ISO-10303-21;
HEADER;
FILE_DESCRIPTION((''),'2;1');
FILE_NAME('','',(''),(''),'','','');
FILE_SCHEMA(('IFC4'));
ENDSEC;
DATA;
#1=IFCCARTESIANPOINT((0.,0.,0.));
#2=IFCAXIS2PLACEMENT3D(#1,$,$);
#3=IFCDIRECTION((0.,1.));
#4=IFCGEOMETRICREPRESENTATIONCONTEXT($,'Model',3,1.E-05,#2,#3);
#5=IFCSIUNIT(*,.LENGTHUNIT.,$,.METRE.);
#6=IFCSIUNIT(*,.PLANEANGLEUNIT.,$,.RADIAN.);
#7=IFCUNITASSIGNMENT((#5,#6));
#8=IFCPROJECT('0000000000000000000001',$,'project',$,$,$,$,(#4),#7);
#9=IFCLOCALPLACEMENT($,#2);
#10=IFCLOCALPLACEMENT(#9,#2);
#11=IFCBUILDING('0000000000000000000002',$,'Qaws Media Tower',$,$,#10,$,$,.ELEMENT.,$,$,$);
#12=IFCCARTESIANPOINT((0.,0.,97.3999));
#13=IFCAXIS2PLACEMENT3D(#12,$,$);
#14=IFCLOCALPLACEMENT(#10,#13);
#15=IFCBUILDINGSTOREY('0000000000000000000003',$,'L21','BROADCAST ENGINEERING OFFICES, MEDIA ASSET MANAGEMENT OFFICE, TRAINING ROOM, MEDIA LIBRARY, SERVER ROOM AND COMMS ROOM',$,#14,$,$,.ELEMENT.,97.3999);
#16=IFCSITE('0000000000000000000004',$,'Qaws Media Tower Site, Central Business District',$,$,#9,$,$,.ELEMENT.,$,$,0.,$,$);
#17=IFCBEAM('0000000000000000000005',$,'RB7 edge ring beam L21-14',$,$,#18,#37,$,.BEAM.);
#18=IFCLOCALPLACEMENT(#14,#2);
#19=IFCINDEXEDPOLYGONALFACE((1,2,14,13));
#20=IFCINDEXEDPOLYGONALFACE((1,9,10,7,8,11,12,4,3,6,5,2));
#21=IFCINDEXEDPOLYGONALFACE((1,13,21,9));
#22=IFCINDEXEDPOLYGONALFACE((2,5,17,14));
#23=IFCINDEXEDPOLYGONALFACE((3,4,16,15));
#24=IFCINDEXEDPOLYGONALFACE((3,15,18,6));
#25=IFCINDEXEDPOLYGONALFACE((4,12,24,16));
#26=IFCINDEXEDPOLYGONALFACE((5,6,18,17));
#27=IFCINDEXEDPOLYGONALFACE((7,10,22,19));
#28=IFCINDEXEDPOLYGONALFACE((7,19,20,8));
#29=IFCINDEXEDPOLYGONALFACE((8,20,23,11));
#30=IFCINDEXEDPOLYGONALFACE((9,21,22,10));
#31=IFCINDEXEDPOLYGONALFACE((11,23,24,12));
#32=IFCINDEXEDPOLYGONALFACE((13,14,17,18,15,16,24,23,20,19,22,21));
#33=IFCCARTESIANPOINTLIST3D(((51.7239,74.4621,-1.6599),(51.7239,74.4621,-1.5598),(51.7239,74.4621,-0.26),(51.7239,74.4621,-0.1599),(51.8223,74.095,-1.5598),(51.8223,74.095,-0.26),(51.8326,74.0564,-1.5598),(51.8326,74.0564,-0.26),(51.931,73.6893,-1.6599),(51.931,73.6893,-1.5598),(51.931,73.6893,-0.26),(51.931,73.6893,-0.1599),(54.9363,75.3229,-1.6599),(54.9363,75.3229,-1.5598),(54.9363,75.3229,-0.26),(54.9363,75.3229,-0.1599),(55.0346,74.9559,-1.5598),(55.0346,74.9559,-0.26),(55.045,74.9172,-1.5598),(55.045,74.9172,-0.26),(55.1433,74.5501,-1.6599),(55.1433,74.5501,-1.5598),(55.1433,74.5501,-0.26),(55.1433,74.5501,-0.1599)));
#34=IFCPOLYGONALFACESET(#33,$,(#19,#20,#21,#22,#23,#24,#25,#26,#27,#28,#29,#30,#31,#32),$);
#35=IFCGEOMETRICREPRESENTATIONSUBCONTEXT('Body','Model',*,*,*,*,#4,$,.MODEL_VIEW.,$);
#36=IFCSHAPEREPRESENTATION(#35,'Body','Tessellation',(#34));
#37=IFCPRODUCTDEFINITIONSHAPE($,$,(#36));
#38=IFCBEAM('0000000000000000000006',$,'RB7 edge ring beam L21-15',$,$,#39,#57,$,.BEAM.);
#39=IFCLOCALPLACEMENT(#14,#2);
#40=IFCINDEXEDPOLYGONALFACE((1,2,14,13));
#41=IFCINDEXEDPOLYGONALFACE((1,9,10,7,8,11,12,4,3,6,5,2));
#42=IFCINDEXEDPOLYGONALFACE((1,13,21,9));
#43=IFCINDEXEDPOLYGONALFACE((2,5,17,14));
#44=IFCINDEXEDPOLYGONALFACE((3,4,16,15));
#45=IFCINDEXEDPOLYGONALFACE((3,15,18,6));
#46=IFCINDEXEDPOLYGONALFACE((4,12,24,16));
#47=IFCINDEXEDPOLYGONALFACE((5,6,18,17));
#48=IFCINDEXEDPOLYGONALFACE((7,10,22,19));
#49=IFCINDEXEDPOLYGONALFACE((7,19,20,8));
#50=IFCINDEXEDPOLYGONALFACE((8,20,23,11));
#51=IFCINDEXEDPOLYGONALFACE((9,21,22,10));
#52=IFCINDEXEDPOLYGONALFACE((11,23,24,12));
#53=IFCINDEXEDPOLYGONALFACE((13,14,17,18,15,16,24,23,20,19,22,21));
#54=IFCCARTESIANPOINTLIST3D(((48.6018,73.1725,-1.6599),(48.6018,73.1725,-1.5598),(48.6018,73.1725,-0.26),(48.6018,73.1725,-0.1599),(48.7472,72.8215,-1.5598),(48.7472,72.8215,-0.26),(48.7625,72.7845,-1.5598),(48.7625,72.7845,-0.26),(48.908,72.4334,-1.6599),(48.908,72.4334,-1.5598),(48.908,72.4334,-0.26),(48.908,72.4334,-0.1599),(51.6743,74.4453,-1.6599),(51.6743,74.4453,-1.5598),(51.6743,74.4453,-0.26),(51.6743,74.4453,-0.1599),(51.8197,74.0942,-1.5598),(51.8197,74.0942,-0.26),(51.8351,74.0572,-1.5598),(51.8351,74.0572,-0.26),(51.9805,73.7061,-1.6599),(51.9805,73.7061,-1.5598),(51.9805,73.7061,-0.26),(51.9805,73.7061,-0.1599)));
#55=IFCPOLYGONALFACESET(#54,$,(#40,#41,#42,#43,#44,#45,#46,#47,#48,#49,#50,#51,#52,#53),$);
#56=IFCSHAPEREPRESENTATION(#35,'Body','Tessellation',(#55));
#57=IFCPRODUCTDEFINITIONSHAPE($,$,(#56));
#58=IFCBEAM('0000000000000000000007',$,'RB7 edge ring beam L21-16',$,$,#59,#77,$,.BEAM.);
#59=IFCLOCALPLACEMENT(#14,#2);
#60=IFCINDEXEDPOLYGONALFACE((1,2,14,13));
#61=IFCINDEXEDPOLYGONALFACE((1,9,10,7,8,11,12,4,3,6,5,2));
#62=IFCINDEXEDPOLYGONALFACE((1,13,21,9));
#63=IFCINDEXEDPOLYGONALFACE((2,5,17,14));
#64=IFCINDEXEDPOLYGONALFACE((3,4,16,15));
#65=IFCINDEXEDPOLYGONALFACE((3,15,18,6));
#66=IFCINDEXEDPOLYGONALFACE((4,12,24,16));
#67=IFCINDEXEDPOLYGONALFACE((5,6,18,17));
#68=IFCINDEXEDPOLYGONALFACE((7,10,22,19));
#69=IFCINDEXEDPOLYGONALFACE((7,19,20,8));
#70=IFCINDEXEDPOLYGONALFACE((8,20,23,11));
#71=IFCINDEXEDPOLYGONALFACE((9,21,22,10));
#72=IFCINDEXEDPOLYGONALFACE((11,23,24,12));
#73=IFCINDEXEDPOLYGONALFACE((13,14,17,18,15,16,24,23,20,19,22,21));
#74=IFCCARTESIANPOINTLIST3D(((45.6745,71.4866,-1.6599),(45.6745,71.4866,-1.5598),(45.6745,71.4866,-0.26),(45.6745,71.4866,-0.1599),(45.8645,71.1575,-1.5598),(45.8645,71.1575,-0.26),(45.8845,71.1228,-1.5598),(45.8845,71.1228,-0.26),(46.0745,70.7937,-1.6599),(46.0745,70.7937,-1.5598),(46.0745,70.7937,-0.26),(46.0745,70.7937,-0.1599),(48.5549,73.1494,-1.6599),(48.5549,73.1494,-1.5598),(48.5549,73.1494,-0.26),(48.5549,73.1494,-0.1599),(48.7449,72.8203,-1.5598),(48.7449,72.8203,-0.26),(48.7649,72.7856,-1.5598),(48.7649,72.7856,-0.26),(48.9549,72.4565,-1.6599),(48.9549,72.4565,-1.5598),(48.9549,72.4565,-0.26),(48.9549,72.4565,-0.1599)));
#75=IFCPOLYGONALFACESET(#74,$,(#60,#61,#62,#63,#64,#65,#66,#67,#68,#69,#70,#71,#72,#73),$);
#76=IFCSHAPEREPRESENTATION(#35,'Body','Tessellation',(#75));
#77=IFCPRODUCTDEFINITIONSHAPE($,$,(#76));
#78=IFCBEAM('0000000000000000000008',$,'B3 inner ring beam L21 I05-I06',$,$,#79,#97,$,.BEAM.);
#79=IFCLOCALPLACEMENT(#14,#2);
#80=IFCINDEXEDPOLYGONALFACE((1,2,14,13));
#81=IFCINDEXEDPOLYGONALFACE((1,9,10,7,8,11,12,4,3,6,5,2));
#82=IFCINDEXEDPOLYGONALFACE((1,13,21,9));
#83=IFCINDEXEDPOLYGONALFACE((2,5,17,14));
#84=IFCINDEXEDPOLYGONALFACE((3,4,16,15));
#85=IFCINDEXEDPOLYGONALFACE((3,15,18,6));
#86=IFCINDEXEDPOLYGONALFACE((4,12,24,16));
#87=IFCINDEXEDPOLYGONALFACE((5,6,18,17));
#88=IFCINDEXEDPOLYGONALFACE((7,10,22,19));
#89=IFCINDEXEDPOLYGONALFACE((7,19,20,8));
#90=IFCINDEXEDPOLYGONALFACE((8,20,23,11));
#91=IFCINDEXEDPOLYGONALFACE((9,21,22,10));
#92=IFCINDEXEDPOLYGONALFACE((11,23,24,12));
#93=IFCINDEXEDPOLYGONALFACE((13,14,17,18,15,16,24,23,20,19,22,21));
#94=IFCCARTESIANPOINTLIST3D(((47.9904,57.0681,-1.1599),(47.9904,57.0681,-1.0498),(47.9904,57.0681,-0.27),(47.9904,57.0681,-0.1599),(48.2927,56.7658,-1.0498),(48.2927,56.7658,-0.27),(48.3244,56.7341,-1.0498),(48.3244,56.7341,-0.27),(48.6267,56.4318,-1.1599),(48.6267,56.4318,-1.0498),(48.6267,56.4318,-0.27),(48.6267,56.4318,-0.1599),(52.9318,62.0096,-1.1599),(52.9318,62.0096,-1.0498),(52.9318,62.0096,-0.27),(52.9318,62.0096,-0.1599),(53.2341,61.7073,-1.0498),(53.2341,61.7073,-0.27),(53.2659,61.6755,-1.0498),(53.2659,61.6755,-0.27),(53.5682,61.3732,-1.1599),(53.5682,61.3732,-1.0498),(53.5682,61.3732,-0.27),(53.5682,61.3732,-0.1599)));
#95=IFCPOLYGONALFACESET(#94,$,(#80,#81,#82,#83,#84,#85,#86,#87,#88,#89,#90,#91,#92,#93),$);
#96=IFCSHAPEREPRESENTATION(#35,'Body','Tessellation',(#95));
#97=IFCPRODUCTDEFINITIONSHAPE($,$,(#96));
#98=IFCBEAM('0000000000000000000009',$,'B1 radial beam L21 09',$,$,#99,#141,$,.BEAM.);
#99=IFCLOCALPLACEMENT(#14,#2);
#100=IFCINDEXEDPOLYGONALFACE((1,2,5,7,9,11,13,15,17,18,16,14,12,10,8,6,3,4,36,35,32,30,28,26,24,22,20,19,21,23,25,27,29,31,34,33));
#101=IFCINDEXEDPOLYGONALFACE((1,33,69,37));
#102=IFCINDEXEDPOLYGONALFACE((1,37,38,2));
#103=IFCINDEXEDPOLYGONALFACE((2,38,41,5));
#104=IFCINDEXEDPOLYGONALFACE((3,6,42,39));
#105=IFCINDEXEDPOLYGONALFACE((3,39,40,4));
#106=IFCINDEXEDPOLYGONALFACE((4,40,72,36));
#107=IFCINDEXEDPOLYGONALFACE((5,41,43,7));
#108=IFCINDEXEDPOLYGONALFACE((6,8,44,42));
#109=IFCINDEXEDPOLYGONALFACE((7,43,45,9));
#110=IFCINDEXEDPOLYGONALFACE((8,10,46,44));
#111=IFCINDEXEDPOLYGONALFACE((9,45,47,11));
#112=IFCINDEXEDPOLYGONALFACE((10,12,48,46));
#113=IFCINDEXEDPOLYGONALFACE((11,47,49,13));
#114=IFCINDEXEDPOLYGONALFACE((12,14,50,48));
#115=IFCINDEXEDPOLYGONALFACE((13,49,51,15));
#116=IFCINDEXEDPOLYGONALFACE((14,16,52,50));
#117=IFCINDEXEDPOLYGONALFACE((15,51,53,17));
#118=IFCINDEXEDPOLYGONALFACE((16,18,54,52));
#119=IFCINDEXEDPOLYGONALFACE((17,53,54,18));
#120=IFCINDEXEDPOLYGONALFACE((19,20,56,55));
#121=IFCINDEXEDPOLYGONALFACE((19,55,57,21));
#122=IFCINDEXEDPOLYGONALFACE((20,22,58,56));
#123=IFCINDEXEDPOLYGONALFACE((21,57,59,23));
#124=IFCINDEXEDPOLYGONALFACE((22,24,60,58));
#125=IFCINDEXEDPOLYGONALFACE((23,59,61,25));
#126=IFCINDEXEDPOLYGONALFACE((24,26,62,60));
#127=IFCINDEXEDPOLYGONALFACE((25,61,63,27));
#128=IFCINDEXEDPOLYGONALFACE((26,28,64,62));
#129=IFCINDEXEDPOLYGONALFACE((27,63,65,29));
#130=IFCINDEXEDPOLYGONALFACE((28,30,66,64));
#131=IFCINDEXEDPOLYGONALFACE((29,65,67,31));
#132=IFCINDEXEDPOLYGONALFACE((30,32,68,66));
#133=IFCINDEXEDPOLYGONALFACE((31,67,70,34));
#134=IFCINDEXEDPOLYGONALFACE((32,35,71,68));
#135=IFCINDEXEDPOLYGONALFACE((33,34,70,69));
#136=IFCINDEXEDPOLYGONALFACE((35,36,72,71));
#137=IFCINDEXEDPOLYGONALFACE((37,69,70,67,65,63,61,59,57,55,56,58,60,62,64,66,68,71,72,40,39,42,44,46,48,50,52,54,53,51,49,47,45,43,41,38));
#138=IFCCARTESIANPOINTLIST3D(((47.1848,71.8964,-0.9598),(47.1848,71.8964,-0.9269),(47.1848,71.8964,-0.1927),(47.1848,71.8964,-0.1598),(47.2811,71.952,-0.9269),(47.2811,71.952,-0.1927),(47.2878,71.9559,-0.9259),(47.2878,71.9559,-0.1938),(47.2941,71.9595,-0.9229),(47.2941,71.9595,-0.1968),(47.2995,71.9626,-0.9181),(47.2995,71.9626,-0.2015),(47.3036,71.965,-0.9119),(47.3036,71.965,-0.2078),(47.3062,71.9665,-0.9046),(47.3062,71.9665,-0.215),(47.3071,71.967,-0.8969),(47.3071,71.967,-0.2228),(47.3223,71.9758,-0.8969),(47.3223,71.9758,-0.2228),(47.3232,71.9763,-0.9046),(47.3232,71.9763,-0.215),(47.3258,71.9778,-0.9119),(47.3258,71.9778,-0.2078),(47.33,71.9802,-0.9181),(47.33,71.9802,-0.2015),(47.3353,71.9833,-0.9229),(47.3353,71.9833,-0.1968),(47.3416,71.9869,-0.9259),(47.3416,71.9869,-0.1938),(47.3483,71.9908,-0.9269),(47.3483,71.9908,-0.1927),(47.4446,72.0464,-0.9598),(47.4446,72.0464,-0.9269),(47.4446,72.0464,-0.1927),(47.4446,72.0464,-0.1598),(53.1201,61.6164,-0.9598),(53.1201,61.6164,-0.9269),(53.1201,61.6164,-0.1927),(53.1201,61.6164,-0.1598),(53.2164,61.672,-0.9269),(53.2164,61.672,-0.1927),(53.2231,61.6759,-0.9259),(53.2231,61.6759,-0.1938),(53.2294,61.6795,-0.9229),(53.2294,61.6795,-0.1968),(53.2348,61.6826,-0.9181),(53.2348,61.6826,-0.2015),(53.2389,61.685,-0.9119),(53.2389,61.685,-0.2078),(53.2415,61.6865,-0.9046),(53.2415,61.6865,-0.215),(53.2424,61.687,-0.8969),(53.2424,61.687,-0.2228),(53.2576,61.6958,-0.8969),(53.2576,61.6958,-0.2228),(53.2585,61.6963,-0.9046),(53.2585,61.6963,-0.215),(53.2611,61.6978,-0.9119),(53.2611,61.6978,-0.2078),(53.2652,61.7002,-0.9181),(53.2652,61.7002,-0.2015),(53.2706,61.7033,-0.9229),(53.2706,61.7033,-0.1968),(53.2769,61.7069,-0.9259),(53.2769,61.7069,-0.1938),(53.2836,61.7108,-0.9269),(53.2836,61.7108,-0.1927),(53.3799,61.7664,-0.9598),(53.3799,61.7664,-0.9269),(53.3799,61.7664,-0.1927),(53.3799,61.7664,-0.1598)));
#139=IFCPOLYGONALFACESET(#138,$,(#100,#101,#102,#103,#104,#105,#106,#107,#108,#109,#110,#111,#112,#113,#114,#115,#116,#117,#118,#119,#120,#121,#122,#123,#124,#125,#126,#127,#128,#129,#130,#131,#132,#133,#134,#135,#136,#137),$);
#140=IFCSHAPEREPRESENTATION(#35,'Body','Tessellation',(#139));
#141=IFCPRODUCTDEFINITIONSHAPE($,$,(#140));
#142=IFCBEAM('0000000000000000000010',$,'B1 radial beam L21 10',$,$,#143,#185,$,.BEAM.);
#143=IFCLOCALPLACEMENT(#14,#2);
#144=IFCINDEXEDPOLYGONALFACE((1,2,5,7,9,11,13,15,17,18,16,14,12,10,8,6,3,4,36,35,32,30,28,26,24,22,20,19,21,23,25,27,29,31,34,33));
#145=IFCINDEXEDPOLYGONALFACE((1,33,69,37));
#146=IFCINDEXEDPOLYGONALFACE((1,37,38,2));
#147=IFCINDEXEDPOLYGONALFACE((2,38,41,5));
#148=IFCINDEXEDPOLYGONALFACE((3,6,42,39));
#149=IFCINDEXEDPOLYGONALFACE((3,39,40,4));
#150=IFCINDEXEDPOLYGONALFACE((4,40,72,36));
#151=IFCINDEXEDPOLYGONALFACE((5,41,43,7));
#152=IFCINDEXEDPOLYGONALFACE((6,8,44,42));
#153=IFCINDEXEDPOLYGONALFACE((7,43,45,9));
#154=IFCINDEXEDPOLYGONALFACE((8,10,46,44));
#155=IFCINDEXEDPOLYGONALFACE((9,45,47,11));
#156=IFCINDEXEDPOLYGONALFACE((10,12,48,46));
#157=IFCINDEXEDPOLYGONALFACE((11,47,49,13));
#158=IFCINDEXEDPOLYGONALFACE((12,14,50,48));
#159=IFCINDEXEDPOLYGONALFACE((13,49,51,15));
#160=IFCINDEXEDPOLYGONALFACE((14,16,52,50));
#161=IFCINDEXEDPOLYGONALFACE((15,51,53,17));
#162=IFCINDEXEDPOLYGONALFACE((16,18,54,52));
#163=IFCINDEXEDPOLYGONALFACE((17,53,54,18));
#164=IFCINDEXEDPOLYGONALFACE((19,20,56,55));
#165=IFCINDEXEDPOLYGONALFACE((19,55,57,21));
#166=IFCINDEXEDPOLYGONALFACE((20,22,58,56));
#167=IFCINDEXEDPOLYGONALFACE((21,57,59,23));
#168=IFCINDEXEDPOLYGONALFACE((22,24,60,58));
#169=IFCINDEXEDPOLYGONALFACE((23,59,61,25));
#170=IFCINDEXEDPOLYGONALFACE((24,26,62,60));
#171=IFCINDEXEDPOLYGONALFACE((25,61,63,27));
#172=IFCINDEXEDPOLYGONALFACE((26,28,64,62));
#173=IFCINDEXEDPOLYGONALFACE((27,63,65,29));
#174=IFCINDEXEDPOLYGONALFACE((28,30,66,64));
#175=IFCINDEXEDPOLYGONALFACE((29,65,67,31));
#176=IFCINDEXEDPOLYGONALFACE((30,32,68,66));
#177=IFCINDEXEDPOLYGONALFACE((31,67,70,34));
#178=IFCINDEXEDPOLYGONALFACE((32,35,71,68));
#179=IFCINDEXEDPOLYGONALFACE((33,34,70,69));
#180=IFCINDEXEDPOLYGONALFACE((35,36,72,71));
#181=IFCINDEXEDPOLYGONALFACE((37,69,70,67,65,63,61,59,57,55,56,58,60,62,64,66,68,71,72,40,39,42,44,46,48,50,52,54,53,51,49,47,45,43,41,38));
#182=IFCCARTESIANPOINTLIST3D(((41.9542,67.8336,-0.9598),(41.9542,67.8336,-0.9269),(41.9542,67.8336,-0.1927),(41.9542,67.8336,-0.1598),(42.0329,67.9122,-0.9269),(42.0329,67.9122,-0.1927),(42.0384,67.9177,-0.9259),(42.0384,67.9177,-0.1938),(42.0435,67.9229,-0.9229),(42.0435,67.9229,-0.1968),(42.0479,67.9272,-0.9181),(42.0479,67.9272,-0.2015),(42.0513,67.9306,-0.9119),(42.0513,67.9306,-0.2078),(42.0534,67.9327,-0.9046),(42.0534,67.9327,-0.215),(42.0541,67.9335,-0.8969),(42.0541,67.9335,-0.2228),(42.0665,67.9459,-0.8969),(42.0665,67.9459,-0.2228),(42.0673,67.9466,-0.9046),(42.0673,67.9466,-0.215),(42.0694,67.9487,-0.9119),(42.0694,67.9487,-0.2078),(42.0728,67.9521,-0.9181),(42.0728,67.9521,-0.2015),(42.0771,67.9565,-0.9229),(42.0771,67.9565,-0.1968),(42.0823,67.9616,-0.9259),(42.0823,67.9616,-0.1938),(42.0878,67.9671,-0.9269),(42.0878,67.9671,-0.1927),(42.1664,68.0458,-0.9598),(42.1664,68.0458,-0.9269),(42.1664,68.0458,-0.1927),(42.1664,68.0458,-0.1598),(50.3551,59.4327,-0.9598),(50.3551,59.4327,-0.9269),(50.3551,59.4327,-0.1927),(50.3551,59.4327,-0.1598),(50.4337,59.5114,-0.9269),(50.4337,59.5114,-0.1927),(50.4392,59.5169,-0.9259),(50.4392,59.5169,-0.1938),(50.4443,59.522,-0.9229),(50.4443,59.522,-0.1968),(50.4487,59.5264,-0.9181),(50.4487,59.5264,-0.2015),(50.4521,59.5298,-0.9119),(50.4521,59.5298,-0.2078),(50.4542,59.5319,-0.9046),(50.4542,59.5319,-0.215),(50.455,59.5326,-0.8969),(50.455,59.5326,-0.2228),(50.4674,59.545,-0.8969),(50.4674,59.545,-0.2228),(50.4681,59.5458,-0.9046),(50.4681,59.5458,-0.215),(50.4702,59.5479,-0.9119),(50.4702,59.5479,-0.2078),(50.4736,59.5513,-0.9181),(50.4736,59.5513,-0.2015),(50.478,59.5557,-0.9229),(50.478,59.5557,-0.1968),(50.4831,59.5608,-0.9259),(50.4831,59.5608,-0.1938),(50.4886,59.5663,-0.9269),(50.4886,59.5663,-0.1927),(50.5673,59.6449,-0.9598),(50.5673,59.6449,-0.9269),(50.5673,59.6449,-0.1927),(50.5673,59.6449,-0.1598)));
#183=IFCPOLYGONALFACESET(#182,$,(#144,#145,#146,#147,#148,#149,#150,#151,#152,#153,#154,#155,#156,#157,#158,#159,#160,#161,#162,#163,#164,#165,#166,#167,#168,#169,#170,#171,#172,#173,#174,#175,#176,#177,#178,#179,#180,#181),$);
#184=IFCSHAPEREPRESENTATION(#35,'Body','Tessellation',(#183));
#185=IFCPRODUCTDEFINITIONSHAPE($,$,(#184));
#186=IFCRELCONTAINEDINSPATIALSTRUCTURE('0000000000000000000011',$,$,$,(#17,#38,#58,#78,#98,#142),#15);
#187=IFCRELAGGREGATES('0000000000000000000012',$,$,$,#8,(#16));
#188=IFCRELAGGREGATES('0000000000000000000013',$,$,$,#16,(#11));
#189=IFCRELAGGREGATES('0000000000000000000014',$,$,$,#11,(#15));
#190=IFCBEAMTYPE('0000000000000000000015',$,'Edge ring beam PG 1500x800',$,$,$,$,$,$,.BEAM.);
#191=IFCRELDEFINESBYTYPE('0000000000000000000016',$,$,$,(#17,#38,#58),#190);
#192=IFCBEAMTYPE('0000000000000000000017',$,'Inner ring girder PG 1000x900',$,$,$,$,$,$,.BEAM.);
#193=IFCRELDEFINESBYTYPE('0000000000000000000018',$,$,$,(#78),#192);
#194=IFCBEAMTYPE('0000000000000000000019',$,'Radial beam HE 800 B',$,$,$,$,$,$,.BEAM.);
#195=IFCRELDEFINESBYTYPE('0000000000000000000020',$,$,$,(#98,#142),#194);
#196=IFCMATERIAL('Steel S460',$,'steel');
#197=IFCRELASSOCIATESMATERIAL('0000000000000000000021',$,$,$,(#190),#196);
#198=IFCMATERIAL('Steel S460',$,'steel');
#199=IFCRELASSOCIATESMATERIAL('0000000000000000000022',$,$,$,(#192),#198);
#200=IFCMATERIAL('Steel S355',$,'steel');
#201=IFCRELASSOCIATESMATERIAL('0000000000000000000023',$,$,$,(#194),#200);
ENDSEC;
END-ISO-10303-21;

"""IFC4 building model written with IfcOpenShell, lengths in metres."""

from ifc_helpers import new_model, si_unit, direction, frame, origin, origin_2d, place, context, subcontext, project, spatial, i_section, extrude, material, material_profile, profile_set, type_object, element, save


model = new_model("IFC4")

# Units and contexts
model_context = context("Model", 3, precision=1e-05, world=origin(), true_north=direction((0.0, 1.0)))
body_context = subcontext(model_context, "Body", "Model", "MODEL_VIEW")
ifc_project = project(units=[si_unit("LENGTHUNIT", "METRE"), si_unit("PLANEANGLEUNIT", "RADIAN")], contexts=[model_context])

# Site, building, storey
site_placement = place(None, origin())
site = spatial("IfcSite", under=ifc_project, at=site_placement, Name="Qaws Media Tower Site, Central Business District", CompositionType="ELEMENT", RefElevation=0.0)
building_placement = place(site_placement, origin())
building = spatial("IfcBuilding", under=site, at=building_placement, Name="Qaws Media Tower", CompositionType="ELEMENT")
storey_placement = place(building_placement, frame((0.0, 0.0, 97.3999)))
storey = spatial("IfcBuildingStorey", under=building, at=storey_placement, Name="L21", Description="BROADCAST ENGINEERING OFFICES, MEDIA ASSET MANAGEMENT OFFICE, TRAINING ROOM, MEDIA LIBRARY, SERVER ROOM AND COMMS ROOM", CompositionType="ELEMENT", Elevation=97.3999)

# Beams
ifc_material_1 = material(Name="Steel S460", Category="steel")
ifc_material_profile_1 = material_profile(ifc_material_1, i_section(OverallWidth=0.8, OverallDepth=1.5, WebThickness=0.04, FlangeThickness=0.1001, at=origin_2d()), Name="PG 1500x800")
ifc_profile_set_1 = profile_set([ifc_material_profile_1], Name="Steel S460")
beam_type_1 = type_object("IfcBeamType", Name="Edge ring beam PG 1500x800", PredefinedType="BEAM", material=ifc_profile_set_1)
for number, where, z_axis, x_axis, name in (
    (1, (55.0398, 74.9365, -0.9099), (-0.96592, -0.258841, 0.0), (0.258841, -0.96592, 0.0), "RB7 edge ring beam L21-14"),
    (2, (51.8274, 74.0757, -0.9099), (-0.923876, -0.382691, 0.0), (0.382691, -0.923876, 0.0), "RB7 edge ring beam L21-15"),
):
    element("IfcBeam", number, at=place(storey_placement, frame(where, z_axis=z_axis, x_axis=x_axis)), inside=storey, type_object=beam_type_1, Name=name, PredefinedType="BEAM", context=body_context, shape_type="SweptSolid", body=[
        extrude(i_section(OverallWidth=0.8, OverallDepth=1.5, WebThickness=0.04, FlangeThickness=0.1001, at=origin_2d()), origin(), (0.0, 0.0, 1.0), 3.3257),
    ])
beam_1_placement = place(storey_placement, frame((48.7549, 72.803, -0.9099), z_axis=(-0.866044, -0.499968, 0.0), x_axis=(0.499968, -0.866044, 0.0)))
element("IfcBeam", 3, at=beam_1_placement, inside=storey, type_object=beam_type_1, Name="RB7 edge ring beam L21-16", PredefinedType="BEAM", context=body_context, shape_type="SweptSolid", body=[
    extrude(i_section(OverallWidth=0.8, OverallDepth=1.5, WebThickness=0.04, FlangeThickness=0.1001, at=origin_2d()), origin(), (0.0, 0.0, 1.0), 3.3259),
])
ifc_material_2 = material(Name="Steel S460", Category="steel")
ifc_material_profile_2 = material_profile(ifc_material_2, i_section(OverallWidth=0.8999, OverallDepth=1.0, WebThickness=0.0449, FlangeThickness=0.1101, at=origin_2d()), Name="PG 1000x900")
ifc_profile_set_2 = profile_set([ifc_material_profile_2], Name="Steel S460")
beam_type_2 = type_object("IfcBeamType", Name="Inner ring girder PG 1000x900", PredefinedType="BEAM", material=ifc_profile_set_2)
beam_2_placement = place(storey_placement, frame((53.25, 61.6914, -0.6599), z_axis=(-0.707107, -0.707107, 0.0), x_axis=(0.707107, -0.707107, 0.0)))
element("IfcBeam", 4, at=beam_2_placement, inside=storey, type_object=beam_type_2, Name="B3 inner ring beam L21 I05-I06", PredefinedType="BEAM", context=body_context, shape_type="SweptSolid", body=[
    extrude(i_section(OverallWidth=0.8999, OverallDepth=1.0, WebThickness=0.0449, FlangeThickness=0.1101, at=origin_2d()), origin(), (0.0, 0.0, 1.0), 6.9883),
])
ifc_material_3 = material(Name="Steel S355", Category="steel")
ifc_material_profile_3 = material_profile(ifc_material_3, i_section(OverallWidth=0.3, OverallDepth=0.8, WebThickness=0.0176, FlangeThickness=0.033, FilletRadius=0.03, at=origin_2d()), Name="HE 800 B")
ifc_profile_set_3 = profile_set([ifc_material_profile_3], Name="Steel S355")
beam_type_3 = type_object("IfcBeamType", Name="Radial beam HE 800 B", PredefinedType="BEAM", material=ifc_profile_set_3)
beam_3_placement = place(storey_placement, frame((53.25, 61.6914, -0.5598), z_axis=(-0.500008, 0.866021, 0.0), x_axis=(-0.866021, -0.500008, 0.0)))
element("IfcBeam", 5, at=beam_3_placement, inside=storey, type_object=beam_type_3, Name="B1 radial beam L21 09", PredefinedType="BEAM", context=body_context, shape_type="SweptSolid", body=[
    extrude(i_section(OverallWidth=0.3, OverallDepth=0.8, WebThickness=0.0176, FlangeThickness=0.033, FilletRadius=0.03, at=origin_2d()), origin(), (0.0, 0.0, 1.0), 11.8704),
])
beam_4_placement = place(storey_placement, frame((50.4612, 59.5388, -0.5598), z_axis=(-0.707107, 0.707107, 0.0), x_axis=(-0.707107, -0.707107, 0.0)))
element("IfcBeam", 6, at=beam_4_placement, inside=storey, type_object=beam_type_3, Name="B1 radial beam L21 10", PredefinedType="BEAM", context=body_context, shape_type="SweptSolid", body=[
    extrude(i_section(OverallWidth=0.3, OverallDepth=0.8, WebThickness=0.0176, FlangeThickness=0.033, FilletRadius=0.03, at=origin_2d()), origin(), (0.0, 0.0, 1.0), 11.8806),
])

save(model, "model.ifc")
